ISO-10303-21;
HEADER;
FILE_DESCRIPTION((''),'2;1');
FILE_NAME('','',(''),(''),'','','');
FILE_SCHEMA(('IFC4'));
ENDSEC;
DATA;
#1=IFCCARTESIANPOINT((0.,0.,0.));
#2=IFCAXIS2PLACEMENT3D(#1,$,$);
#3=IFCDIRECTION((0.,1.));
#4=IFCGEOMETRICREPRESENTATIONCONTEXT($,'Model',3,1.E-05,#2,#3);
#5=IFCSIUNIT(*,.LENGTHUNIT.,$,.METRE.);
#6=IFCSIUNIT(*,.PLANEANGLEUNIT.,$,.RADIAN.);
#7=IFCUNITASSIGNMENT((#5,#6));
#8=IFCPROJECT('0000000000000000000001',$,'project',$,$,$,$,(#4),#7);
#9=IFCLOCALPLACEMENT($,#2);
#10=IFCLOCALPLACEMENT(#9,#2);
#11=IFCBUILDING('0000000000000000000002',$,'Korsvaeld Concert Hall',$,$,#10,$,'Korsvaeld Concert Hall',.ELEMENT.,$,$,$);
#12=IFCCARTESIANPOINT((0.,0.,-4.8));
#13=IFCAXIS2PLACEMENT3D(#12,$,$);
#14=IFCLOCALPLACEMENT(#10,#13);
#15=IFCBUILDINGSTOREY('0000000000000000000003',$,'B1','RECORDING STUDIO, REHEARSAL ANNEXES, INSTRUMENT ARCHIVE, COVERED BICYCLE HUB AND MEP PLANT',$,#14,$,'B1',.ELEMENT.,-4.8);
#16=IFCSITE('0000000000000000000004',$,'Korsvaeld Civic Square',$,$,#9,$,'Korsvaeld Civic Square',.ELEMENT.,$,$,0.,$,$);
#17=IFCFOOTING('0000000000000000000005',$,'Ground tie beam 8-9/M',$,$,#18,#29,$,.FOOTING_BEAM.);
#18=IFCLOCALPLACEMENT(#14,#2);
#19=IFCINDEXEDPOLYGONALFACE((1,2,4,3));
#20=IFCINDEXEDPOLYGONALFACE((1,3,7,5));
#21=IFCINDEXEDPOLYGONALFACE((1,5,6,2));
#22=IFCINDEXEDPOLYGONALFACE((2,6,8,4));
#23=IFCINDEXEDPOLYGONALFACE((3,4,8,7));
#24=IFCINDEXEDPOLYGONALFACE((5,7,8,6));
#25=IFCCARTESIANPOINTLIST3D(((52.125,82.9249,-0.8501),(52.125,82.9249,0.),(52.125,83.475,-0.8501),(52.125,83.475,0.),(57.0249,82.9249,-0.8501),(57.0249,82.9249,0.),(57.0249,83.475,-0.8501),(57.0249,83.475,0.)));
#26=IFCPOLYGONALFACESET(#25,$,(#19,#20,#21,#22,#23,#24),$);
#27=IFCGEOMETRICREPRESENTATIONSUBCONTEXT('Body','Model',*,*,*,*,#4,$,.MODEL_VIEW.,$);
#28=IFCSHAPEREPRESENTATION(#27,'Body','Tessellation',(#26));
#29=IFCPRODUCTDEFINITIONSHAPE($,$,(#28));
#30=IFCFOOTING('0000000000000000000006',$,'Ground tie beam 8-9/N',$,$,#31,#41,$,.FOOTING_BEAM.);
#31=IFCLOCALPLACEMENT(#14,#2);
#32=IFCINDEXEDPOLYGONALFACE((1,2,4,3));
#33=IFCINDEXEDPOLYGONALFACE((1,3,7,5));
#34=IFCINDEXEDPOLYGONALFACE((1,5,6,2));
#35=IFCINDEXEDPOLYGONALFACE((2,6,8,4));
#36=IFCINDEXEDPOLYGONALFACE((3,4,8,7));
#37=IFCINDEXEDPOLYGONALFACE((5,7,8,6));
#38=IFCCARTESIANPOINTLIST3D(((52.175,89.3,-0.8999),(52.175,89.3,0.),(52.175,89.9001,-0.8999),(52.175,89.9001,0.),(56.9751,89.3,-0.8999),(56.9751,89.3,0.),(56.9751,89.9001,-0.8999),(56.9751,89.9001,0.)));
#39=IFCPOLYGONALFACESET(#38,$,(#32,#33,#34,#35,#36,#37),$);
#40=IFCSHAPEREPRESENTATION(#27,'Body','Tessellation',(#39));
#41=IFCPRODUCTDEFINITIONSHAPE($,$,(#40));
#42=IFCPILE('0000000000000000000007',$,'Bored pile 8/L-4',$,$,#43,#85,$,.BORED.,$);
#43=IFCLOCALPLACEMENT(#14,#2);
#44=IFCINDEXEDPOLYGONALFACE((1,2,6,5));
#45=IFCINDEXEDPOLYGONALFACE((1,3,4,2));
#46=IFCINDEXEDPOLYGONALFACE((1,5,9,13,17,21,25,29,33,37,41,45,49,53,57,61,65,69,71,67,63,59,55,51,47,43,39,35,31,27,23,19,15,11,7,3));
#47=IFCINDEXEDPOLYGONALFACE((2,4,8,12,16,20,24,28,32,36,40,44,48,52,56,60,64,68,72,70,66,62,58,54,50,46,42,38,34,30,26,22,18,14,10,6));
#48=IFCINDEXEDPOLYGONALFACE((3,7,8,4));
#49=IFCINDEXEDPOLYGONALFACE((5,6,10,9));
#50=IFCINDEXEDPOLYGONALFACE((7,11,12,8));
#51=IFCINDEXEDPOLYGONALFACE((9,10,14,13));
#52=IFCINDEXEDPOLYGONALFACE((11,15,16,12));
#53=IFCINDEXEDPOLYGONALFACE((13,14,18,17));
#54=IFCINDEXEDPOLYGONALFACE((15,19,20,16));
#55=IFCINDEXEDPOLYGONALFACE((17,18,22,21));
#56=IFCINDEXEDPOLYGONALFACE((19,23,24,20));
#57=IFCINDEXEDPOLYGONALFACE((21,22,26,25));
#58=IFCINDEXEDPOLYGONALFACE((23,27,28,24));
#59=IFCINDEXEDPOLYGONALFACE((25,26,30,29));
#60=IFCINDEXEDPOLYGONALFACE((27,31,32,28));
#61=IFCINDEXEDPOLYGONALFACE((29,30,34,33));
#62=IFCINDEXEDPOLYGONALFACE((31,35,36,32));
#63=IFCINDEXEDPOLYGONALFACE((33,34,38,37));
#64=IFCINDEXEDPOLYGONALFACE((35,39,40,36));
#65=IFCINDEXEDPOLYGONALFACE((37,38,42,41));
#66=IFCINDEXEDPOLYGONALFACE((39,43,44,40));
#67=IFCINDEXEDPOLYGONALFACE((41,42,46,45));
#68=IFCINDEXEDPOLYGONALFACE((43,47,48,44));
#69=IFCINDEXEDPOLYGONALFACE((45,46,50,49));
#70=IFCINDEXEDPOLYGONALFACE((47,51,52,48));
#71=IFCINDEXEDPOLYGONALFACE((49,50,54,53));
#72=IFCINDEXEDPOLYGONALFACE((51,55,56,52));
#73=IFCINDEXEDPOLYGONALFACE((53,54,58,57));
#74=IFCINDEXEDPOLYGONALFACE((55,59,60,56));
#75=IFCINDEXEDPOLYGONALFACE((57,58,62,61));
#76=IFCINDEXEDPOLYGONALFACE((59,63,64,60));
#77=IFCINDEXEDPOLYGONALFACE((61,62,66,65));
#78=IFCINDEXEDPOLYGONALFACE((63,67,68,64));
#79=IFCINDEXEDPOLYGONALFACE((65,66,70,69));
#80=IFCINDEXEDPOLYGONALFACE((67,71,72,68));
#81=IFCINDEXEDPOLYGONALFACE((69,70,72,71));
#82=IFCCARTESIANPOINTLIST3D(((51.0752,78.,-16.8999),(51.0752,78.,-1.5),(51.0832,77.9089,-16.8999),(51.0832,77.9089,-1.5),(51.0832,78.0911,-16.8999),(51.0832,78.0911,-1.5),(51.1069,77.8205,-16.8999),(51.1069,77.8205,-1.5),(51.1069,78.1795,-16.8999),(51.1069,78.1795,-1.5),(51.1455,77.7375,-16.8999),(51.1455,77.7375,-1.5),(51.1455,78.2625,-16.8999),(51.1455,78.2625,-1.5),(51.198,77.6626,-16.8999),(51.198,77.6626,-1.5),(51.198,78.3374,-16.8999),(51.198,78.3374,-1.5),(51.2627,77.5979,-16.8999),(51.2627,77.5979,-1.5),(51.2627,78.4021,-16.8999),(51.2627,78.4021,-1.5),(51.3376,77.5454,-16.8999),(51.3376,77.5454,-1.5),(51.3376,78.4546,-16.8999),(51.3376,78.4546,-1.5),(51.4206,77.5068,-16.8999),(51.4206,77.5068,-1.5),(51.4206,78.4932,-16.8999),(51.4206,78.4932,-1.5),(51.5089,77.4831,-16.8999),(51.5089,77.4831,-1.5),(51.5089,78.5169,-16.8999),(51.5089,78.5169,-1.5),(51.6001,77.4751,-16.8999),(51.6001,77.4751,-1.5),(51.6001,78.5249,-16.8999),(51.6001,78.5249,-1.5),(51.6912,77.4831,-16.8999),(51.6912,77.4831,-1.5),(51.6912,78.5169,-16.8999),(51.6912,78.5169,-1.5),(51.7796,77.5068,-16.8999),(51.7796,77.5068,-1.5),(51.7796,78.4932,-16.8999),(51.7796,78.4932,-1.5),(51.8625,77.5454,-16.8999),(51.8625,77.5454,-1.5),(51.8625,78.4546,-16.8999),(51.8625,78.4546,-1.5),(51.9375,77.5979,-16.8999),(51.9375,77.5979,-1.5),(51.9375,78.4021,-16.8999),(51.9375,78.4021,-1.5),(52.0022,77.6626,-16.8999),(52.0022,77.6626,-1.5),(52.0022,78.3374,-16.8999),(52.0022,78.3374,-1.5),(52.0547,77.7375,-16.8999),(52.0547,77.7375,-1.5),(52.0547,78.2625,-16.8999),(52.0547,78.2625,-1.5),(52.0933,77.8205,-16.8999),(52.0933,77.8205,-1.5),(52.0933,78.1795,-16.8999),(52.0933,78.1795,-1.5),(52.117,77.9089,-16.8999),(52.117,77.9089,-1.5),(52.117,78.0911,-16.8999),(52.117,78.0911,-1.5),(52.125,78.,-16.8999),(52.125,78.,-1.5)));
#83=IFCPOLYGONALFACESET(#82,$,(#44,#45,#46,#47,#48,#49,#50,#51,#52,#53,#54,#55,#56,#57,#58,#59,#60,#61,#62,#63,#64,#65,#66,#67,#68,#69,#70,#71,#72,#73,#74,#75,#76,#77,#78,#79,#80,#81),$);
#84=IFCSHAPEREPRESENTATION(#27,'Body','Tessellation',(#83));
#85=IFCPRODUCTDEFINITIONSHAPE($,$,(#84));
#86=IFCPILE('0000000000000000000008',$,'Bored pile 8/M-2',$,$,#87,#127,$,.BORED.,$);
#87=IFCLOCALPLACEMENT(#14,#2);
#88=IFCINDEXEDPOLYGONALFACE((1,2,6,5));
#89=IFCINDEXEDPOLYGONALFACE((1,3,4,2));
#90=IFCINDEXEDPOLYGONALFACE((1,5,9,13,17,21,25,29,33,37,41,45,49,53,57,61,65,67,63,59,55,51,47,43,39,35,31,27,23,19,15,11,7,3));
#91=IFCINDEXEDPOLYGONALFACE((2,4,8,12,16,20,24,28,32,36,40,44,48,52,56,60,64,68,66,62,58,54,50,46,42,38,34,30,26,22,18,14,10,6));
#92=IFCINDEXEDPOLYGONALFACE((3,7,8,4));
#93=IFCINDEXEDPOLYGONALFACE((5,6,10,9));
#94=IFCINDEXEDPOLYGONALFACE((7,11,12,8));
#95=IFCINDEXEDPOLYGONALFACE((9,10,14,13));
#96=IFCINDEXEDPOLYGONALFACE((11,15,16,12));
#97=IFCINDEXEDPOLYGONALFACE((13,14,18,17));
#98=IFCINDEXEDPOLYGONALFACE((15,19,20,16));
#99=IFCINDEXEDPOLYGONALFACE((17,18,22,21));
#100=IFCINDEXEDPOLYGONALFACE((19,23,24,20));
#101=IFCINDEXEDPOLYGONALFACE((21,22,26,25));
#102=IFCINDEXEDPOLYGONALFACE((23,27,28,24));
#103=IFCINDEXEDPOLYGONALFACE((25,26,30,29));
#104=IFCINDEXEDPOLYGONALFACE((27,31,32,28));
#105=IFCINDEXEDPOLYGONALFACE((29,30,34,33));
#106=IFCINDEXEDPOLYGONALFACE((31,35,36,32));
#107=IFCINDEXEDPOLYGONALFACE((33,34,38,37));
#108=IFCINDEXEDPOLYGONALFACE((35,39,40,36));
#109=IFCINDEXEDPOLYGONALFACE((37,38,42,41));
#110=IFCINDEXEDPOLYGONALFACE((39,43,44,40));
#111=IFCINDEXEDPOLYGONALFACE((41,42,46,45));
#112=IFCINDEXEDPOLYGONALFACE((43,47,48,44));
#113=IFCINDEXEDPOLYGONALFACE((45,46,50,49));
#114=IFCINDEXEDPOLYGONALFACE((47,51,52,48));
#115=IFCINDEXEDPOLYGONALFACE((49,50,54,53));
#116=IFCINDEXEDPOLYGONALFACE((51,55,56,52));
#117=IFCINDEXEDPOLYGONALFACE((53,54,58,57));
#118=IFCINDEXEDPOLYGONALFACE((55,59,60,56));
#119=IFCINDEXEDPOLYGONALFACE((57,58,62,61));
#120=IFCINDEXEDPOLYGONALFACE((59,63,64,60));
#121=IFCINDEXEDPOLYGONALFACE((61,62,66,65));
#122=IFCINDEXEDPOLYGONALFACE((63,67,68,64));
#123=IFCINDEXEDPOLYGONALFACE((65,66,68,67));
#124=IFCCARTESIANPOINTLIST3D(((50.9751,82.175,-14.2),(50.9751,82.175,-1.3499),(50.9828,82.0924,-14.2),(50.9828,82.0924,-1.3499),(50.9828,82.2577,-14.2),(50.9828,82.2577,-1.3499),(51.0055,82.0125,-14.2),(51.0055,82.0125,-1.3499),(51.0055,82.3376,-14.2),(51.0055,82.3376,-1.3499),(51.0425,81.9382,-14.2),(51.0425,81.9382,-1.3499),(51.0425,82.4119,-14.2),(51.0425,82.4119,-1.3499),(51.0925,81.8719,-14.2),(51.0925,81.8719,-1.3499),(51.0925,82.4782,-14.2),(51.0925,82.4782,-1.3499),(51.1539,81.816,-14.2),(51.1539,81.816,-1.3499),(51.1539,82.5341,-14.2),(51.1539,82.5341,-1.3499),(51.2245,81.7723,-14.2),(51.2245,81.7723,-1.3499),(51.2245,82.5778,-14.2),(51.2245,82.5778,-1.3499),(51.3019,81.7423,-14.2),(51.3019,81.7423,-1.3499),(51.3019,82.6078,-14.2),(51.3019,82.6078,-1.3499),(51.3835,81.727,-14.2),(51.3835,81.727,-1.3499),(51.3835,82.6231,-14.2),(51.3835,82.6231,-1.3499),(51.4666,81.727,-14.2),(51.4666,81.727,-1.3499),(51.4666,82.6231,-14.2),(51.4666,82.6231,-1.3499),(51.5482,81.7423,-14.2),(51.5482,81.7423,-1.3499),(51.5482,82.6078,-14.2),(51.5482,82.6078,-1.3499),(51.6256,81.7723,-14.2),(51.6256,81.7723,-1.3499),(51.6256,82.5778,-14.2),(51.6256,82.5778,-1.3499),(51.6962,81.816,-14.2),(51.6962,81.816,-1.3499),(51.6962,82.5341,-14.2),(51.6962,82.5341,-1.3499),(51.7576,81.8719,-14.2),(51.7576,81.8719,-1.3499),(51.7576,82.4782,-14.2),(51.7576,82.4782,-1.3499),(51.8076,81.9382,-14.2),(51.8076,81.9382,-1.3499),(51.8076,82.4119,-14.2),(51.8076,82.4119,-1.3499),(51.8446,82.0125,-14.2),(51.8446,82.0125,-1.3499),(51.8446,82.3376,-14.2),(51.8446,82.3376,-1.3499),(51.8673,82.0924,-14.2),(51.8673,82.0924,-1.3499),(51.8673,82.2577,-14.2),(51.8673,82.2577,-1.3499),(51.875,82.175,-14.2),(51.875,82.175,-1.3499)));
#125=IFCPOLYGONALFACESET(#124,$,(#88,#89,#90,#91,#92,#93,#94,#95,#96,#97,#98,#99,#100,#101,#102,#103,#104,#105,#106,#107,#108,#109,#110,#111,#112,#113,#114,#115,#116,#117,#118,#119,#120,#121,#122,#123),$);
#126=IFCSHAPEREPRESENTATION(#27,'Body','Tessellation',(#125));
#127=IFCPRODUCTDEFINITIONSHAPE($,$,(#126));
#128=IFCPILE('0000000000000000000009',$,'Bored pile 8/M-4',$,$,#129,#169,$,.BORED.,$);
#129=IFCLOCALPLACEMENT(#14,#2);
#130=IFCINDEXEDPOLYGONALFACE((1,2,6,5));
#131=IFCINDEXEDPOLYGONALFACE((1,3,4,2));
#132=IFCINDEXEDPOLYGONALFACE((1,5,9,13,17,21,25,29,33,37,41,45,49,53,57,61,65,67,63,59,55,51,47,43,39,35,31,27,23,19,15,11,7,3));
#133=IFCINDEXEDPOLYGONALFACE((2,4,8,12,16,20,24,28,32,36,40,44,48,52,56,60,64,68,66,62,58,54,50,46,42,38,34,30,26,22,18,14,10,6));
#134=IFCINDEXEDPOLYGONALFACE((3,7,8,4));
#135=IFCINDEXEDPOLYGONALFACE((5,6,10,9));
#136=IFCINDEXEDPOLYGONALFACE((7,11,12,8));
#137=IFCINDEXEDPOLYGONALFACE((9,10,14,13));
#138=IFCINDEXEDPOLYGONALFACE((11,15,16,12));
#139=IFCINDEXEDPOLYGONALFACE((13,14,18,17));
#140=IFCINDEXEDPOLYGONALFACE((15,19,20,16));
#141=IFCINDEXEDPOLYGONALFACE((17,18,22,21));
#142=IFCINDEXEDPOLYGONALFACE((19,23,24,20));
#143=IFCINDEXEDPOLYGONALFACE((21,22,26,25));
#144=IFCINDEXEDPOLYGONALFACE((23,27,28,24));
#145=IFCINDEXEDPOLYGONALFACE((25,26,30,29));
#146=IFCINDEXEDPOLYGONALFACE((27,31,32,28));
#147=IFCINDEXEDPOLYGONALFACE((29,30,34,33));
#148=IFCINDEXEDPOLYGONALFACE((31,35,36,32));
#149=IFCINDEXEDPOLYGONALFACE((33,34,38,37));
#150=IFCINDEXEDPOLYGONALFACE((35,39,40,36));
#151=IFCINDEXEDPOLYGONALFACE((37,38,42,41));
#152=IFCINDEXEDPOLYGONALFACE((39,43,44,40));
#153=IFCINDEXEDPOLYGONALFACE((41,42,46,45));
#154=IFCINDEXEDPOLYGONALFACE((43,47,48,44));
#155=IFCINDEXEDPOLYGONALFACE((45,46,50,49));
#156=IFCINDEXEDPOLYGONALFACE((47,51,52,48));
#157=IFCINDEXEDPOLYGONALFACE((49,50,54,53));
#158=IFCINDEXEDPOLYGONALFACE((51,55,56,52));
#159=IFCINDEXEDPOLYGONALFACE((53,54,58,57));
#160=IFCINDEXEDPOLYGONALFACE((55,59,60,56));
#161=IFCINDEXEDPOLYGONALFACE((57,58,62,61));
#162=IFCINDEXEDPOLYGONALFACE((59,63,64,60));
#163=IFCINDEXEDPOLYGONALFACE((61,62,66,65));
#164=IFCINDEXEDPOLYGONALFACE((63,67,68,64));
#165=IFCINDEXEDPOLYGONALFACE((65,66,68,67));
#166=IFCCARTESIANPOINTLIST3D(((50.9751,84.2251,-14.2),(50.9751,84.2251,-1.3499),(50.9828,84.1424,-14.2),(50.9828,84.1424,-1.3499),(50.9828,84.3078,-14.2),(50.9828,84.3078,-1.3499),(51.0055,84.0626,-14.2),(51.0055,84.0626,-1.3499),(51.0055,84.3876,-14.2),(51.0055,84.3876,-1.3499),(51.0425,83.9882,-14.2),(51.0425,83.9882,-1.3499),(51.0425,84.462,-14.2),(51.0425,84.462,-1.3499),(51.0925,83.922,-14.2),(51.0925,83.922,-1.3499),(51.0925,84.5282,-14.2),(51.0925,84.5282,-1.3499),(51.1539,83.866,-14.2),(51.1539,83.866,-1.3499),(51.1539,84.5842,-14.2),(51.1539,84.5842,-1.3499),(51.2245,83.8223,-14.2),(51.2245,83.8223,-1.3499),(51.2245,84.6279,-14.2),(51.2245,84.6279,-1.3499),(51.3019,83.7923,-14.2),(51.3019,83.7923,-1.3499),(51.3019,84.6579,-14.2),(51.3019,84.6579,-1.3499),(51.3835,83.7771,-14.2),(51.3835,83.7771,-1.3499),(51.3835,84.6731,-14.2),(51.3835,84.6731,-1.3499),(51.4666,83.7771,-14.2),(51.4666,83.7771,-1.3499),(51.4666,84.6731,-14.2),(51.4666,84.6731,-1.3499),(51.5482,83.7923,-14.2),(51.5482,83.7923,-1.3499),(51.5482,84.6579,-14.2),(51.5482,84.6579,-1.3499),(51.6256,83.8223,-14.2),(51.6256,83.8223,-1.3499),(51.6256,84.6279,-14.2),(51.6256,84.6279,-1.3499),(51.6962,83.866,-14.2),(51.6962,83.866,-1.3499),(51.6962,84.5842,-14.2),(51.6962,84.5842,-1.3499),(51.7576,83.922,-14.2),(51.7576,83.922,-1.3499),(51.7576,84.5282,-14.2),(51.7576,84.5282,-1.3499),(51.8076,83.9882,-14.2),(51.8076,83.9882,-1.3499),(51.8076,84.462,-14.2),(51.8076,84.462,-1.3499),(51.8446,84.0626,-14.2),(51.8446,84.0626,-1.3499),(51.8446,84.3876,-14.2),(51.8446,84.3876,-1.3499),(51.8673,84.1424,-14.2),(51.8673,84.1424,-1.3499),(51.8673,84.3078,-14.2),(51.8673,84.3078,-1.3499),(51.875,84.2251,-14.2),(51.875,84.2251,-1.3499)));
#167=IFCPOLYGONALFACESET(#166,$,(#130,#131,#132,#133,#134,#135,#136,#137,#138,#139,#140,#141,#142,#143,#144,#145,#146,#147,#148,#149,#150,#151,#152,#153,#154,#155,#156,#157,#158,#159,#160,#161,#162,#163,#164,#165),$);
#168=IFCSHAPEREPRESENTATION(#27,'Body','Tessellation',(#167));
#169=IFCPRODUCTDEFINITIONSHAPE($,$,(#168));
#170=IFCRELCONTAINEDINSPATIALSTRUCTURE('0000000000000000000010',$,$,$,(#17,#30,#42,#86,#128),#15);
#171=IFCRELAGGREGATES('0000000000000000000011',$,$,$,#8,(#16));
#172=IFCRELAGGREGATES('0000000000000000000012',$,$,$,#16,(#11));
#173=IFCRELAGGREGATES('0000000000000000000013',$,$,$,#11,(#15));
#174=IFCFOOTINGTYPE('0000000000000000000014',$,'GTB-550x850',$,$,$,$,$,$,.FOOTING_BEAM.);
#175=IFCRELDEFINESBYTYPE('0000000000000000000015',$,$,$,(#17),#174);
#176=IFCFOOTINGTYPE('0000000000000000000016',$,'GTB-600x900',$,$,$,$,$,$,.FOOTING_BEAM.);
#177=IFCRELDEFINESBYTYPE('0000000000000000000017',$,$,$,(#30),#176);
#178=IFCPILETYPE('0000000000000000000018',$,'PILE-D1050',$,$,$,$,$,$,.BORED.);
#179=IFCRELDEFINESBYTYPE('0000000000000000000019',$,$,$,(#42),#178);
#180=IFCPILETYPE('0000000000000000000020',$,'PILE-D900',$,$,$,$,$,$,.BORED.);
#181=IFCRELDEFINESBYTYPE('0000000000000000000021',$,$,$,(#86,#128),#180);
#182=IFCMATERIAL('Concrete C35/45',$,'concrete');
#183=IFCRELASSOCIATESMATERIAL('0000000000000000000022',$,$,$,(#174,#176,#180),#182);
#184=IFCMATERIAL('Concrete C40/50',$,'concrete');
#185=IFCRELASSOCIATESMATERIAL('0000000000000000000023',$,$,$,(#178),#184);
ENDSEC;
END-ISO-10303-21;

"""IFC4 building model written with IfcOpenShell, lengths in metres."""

from ifc_helpers import new_model, si_unit, direction, frame, origin, origin_2d, place, context, subcontext, project, spatial, rectangle, circle, extrude, material, material_profile, profile_set, type_object, element, save


model = new_model("IFC4")

# Units and contexts
model_context = context("Model", 3, precision=1e-05, world=origin(), true_north=direction((0.0, 1.0)))
body_context = subcontext(model_context, "Body", "Model", "MODEL_VIEW")
ifc_project = project(units=[si_unit("LENGTHUNIT", "METRE"), si_unit("PLANEANGLEUNIT", "RADIAN")], contexts=[model_context])

# Site, building, storey
site_placement = place(None, origin())
site = spatial("IfcSite", under=ifc_project, at=site_placement, Name="Korsvaeld Civic Square", LongName="Korsvaeld Civic Square", CompositionType="ELEMENT", RefElevation=0.0)
building_placement = place(site_placement, origin())
building = spatial("IfcBuilding", under=site, at=building_placement, Name="Korsvaeld Concert Hall", LongName="Korsvaeld Concert Hall", CompositionType="ELEMENT")
storey_placement = place(building_placement, frame((0.0, 0.0, -4.8)))
storey = spatial("IfcBuildingStorey", under=building, at=storey_placement, Name="B1", Description="RECORDING STUDIO, REHEARSAL ANNEXES, INSTRUMENT ARCHIVE, COVERED BICYCLE HUB AND MEP PLANT", LongName="B1", CompositionType="ELEMENT", Elevation=-4.8)

# Footings
ifc_material_1 = material(Name="Concrete C35/45", Category="concrete")
ifc_material_profile_1 = material_profile(ifc_material_1, rectangle(XDim=0.55, YDim=0.8501, at=origin_2d()), Name="GTB 550x850")
ifc_profile_set_1 = profile_set([ifc_material_profile_1], Name="Concrete C35/45")
footing_type_1 = type_object("IfcFootingType", Name="GTB-550x850", PredefinedType="FOOTING_BEAM", material=ifc_profile_set_1)
footing_1_placement = place(storey_placement, frame((52.125, 83.2, -0.425), z_axis=(1.0, 0.0, 0.0), x_axis=(0.0, 1.0, 0.0)))
element("IfcFooting", 1, at=footing_1_placement, inside=storey, type_object=footing_type_1, Name="Ground tie beam 8-9/M", PredefinedType="FOOTING_BEAM", context=body_context, shape_type="SweptSolid", body=[
    extrude(rectangle(XDim=0.55, YDim=0.8501, at=origin_2d()), origin(), (0.0, 0.0, 1.0), 4.8999),
])
ifc_material_profile_2 = material_profile(ifc_material_1, rectangle(XDim=0.6001, YDim=0.8999, at=origin_2d()), Name="GTB 600x900")
ifc_profile_set_2 = profile_set([ifc_material_profile_2], Name="Concrete C35/45")
footing_type_2 = type_object("IfcFootingType", Name="GTB-600x900", PredefinedType="FOOTING_BEAM", material=ifc_profile_set_2)
footing_2_placement = place(storey_placement, frame((52.175, 89.6001, -0.45), z_axis=(1.0, 0.0, 0.0), x_axis=(0.0, 1.0, 0.0)))
element("IfcFooting", 2, at=footing_2_placement, inside=storey, type_object=footing_type_2, Name="Ground tie beam 8-9/N", PredefinedType="FOOTING_BEAM", context=body_context, shape_type="SweptSolid", body=[
    extrude(rectangle(XDim=0.6001, YDim=0.8999, at=origin_2d()), origin(), (0.0, 0.0, 1.0), 4.8),
])

# Piles
ifc_material_2 = material(Name="Concrete C40/50", Category="concrete")
ifc_material_profile_3 = material_profile(ifc_material_2, circle(Radius=0.5249, at=origin_2d()), Name="BORED PILE D1050")
ifc_profile_set_3 = profile_set([ifc_material_profile_3], Name="Concrete C40/50")
pile_type_1 = type_object("IfcPileType", Name="PILE-D1050", PredefinedType="BORED", material=ifc_profile_set_3)
pile_placement = place(storey_placement, frame((51.6001, 78.0, -1.5), z_axis=(0.0, 0.0, -1.0), x_axis=(1.0, 0.0, 0.0)))
element("IfcPile", 3, at=pile_placement, inside=storey, type_object=pile_type_1, Name="Bored pile 8/L-4", PredefinedType="BORED", context=body_context, shape_type="SweptSolid", body=[
    extrude(circle(Radius=0.5249, at=origin_2d()), origin(), (0.0, 0.0, 1.0), 15.3999),
])
ifc_material_profile_4 = material_profile(ifc_material_1, circle(Radius=0.45, at=origin_2d()), Name="BORED PILE D900")
ifc_profile_set_4 = profile_set([ifc_material_profile_4], Name="Concrete C35/45")
pile_type_2 = type_object("IfcPileType", Name="PILE-D900", PredefinedType="BORED", material=ifc_profile_set_4)
for number, where, z_axis, x_axis, name in (
    (4, (51.425, 82.175, -1.3499), (0.0, 0.0, -1.0), (1.0, 0.0, 0.0), "Bored pile 8/M-2"),
    (5, (51.425, 84.2251, -1.3499), (0.0, 0.0, -1.0), (1.0, 0.0, 0.0), "Bored pile 8/M-4"),
):
    element("IfcPile", number, at=place(storey_placement, frame(where, z_axis=z_axis, x_axis=x_axis)), inside=storey, type_object=pile_type_2, Name=name, PredefinedType="BORED", context=body_context, shape_type="SweptSolid", body=[
        extrude(circle(Radius=0.45, at=origin_2d()), origin(), (0.0, 0.0, 1.0), 12.8501),
    ])

save(model, "model.ifc")
